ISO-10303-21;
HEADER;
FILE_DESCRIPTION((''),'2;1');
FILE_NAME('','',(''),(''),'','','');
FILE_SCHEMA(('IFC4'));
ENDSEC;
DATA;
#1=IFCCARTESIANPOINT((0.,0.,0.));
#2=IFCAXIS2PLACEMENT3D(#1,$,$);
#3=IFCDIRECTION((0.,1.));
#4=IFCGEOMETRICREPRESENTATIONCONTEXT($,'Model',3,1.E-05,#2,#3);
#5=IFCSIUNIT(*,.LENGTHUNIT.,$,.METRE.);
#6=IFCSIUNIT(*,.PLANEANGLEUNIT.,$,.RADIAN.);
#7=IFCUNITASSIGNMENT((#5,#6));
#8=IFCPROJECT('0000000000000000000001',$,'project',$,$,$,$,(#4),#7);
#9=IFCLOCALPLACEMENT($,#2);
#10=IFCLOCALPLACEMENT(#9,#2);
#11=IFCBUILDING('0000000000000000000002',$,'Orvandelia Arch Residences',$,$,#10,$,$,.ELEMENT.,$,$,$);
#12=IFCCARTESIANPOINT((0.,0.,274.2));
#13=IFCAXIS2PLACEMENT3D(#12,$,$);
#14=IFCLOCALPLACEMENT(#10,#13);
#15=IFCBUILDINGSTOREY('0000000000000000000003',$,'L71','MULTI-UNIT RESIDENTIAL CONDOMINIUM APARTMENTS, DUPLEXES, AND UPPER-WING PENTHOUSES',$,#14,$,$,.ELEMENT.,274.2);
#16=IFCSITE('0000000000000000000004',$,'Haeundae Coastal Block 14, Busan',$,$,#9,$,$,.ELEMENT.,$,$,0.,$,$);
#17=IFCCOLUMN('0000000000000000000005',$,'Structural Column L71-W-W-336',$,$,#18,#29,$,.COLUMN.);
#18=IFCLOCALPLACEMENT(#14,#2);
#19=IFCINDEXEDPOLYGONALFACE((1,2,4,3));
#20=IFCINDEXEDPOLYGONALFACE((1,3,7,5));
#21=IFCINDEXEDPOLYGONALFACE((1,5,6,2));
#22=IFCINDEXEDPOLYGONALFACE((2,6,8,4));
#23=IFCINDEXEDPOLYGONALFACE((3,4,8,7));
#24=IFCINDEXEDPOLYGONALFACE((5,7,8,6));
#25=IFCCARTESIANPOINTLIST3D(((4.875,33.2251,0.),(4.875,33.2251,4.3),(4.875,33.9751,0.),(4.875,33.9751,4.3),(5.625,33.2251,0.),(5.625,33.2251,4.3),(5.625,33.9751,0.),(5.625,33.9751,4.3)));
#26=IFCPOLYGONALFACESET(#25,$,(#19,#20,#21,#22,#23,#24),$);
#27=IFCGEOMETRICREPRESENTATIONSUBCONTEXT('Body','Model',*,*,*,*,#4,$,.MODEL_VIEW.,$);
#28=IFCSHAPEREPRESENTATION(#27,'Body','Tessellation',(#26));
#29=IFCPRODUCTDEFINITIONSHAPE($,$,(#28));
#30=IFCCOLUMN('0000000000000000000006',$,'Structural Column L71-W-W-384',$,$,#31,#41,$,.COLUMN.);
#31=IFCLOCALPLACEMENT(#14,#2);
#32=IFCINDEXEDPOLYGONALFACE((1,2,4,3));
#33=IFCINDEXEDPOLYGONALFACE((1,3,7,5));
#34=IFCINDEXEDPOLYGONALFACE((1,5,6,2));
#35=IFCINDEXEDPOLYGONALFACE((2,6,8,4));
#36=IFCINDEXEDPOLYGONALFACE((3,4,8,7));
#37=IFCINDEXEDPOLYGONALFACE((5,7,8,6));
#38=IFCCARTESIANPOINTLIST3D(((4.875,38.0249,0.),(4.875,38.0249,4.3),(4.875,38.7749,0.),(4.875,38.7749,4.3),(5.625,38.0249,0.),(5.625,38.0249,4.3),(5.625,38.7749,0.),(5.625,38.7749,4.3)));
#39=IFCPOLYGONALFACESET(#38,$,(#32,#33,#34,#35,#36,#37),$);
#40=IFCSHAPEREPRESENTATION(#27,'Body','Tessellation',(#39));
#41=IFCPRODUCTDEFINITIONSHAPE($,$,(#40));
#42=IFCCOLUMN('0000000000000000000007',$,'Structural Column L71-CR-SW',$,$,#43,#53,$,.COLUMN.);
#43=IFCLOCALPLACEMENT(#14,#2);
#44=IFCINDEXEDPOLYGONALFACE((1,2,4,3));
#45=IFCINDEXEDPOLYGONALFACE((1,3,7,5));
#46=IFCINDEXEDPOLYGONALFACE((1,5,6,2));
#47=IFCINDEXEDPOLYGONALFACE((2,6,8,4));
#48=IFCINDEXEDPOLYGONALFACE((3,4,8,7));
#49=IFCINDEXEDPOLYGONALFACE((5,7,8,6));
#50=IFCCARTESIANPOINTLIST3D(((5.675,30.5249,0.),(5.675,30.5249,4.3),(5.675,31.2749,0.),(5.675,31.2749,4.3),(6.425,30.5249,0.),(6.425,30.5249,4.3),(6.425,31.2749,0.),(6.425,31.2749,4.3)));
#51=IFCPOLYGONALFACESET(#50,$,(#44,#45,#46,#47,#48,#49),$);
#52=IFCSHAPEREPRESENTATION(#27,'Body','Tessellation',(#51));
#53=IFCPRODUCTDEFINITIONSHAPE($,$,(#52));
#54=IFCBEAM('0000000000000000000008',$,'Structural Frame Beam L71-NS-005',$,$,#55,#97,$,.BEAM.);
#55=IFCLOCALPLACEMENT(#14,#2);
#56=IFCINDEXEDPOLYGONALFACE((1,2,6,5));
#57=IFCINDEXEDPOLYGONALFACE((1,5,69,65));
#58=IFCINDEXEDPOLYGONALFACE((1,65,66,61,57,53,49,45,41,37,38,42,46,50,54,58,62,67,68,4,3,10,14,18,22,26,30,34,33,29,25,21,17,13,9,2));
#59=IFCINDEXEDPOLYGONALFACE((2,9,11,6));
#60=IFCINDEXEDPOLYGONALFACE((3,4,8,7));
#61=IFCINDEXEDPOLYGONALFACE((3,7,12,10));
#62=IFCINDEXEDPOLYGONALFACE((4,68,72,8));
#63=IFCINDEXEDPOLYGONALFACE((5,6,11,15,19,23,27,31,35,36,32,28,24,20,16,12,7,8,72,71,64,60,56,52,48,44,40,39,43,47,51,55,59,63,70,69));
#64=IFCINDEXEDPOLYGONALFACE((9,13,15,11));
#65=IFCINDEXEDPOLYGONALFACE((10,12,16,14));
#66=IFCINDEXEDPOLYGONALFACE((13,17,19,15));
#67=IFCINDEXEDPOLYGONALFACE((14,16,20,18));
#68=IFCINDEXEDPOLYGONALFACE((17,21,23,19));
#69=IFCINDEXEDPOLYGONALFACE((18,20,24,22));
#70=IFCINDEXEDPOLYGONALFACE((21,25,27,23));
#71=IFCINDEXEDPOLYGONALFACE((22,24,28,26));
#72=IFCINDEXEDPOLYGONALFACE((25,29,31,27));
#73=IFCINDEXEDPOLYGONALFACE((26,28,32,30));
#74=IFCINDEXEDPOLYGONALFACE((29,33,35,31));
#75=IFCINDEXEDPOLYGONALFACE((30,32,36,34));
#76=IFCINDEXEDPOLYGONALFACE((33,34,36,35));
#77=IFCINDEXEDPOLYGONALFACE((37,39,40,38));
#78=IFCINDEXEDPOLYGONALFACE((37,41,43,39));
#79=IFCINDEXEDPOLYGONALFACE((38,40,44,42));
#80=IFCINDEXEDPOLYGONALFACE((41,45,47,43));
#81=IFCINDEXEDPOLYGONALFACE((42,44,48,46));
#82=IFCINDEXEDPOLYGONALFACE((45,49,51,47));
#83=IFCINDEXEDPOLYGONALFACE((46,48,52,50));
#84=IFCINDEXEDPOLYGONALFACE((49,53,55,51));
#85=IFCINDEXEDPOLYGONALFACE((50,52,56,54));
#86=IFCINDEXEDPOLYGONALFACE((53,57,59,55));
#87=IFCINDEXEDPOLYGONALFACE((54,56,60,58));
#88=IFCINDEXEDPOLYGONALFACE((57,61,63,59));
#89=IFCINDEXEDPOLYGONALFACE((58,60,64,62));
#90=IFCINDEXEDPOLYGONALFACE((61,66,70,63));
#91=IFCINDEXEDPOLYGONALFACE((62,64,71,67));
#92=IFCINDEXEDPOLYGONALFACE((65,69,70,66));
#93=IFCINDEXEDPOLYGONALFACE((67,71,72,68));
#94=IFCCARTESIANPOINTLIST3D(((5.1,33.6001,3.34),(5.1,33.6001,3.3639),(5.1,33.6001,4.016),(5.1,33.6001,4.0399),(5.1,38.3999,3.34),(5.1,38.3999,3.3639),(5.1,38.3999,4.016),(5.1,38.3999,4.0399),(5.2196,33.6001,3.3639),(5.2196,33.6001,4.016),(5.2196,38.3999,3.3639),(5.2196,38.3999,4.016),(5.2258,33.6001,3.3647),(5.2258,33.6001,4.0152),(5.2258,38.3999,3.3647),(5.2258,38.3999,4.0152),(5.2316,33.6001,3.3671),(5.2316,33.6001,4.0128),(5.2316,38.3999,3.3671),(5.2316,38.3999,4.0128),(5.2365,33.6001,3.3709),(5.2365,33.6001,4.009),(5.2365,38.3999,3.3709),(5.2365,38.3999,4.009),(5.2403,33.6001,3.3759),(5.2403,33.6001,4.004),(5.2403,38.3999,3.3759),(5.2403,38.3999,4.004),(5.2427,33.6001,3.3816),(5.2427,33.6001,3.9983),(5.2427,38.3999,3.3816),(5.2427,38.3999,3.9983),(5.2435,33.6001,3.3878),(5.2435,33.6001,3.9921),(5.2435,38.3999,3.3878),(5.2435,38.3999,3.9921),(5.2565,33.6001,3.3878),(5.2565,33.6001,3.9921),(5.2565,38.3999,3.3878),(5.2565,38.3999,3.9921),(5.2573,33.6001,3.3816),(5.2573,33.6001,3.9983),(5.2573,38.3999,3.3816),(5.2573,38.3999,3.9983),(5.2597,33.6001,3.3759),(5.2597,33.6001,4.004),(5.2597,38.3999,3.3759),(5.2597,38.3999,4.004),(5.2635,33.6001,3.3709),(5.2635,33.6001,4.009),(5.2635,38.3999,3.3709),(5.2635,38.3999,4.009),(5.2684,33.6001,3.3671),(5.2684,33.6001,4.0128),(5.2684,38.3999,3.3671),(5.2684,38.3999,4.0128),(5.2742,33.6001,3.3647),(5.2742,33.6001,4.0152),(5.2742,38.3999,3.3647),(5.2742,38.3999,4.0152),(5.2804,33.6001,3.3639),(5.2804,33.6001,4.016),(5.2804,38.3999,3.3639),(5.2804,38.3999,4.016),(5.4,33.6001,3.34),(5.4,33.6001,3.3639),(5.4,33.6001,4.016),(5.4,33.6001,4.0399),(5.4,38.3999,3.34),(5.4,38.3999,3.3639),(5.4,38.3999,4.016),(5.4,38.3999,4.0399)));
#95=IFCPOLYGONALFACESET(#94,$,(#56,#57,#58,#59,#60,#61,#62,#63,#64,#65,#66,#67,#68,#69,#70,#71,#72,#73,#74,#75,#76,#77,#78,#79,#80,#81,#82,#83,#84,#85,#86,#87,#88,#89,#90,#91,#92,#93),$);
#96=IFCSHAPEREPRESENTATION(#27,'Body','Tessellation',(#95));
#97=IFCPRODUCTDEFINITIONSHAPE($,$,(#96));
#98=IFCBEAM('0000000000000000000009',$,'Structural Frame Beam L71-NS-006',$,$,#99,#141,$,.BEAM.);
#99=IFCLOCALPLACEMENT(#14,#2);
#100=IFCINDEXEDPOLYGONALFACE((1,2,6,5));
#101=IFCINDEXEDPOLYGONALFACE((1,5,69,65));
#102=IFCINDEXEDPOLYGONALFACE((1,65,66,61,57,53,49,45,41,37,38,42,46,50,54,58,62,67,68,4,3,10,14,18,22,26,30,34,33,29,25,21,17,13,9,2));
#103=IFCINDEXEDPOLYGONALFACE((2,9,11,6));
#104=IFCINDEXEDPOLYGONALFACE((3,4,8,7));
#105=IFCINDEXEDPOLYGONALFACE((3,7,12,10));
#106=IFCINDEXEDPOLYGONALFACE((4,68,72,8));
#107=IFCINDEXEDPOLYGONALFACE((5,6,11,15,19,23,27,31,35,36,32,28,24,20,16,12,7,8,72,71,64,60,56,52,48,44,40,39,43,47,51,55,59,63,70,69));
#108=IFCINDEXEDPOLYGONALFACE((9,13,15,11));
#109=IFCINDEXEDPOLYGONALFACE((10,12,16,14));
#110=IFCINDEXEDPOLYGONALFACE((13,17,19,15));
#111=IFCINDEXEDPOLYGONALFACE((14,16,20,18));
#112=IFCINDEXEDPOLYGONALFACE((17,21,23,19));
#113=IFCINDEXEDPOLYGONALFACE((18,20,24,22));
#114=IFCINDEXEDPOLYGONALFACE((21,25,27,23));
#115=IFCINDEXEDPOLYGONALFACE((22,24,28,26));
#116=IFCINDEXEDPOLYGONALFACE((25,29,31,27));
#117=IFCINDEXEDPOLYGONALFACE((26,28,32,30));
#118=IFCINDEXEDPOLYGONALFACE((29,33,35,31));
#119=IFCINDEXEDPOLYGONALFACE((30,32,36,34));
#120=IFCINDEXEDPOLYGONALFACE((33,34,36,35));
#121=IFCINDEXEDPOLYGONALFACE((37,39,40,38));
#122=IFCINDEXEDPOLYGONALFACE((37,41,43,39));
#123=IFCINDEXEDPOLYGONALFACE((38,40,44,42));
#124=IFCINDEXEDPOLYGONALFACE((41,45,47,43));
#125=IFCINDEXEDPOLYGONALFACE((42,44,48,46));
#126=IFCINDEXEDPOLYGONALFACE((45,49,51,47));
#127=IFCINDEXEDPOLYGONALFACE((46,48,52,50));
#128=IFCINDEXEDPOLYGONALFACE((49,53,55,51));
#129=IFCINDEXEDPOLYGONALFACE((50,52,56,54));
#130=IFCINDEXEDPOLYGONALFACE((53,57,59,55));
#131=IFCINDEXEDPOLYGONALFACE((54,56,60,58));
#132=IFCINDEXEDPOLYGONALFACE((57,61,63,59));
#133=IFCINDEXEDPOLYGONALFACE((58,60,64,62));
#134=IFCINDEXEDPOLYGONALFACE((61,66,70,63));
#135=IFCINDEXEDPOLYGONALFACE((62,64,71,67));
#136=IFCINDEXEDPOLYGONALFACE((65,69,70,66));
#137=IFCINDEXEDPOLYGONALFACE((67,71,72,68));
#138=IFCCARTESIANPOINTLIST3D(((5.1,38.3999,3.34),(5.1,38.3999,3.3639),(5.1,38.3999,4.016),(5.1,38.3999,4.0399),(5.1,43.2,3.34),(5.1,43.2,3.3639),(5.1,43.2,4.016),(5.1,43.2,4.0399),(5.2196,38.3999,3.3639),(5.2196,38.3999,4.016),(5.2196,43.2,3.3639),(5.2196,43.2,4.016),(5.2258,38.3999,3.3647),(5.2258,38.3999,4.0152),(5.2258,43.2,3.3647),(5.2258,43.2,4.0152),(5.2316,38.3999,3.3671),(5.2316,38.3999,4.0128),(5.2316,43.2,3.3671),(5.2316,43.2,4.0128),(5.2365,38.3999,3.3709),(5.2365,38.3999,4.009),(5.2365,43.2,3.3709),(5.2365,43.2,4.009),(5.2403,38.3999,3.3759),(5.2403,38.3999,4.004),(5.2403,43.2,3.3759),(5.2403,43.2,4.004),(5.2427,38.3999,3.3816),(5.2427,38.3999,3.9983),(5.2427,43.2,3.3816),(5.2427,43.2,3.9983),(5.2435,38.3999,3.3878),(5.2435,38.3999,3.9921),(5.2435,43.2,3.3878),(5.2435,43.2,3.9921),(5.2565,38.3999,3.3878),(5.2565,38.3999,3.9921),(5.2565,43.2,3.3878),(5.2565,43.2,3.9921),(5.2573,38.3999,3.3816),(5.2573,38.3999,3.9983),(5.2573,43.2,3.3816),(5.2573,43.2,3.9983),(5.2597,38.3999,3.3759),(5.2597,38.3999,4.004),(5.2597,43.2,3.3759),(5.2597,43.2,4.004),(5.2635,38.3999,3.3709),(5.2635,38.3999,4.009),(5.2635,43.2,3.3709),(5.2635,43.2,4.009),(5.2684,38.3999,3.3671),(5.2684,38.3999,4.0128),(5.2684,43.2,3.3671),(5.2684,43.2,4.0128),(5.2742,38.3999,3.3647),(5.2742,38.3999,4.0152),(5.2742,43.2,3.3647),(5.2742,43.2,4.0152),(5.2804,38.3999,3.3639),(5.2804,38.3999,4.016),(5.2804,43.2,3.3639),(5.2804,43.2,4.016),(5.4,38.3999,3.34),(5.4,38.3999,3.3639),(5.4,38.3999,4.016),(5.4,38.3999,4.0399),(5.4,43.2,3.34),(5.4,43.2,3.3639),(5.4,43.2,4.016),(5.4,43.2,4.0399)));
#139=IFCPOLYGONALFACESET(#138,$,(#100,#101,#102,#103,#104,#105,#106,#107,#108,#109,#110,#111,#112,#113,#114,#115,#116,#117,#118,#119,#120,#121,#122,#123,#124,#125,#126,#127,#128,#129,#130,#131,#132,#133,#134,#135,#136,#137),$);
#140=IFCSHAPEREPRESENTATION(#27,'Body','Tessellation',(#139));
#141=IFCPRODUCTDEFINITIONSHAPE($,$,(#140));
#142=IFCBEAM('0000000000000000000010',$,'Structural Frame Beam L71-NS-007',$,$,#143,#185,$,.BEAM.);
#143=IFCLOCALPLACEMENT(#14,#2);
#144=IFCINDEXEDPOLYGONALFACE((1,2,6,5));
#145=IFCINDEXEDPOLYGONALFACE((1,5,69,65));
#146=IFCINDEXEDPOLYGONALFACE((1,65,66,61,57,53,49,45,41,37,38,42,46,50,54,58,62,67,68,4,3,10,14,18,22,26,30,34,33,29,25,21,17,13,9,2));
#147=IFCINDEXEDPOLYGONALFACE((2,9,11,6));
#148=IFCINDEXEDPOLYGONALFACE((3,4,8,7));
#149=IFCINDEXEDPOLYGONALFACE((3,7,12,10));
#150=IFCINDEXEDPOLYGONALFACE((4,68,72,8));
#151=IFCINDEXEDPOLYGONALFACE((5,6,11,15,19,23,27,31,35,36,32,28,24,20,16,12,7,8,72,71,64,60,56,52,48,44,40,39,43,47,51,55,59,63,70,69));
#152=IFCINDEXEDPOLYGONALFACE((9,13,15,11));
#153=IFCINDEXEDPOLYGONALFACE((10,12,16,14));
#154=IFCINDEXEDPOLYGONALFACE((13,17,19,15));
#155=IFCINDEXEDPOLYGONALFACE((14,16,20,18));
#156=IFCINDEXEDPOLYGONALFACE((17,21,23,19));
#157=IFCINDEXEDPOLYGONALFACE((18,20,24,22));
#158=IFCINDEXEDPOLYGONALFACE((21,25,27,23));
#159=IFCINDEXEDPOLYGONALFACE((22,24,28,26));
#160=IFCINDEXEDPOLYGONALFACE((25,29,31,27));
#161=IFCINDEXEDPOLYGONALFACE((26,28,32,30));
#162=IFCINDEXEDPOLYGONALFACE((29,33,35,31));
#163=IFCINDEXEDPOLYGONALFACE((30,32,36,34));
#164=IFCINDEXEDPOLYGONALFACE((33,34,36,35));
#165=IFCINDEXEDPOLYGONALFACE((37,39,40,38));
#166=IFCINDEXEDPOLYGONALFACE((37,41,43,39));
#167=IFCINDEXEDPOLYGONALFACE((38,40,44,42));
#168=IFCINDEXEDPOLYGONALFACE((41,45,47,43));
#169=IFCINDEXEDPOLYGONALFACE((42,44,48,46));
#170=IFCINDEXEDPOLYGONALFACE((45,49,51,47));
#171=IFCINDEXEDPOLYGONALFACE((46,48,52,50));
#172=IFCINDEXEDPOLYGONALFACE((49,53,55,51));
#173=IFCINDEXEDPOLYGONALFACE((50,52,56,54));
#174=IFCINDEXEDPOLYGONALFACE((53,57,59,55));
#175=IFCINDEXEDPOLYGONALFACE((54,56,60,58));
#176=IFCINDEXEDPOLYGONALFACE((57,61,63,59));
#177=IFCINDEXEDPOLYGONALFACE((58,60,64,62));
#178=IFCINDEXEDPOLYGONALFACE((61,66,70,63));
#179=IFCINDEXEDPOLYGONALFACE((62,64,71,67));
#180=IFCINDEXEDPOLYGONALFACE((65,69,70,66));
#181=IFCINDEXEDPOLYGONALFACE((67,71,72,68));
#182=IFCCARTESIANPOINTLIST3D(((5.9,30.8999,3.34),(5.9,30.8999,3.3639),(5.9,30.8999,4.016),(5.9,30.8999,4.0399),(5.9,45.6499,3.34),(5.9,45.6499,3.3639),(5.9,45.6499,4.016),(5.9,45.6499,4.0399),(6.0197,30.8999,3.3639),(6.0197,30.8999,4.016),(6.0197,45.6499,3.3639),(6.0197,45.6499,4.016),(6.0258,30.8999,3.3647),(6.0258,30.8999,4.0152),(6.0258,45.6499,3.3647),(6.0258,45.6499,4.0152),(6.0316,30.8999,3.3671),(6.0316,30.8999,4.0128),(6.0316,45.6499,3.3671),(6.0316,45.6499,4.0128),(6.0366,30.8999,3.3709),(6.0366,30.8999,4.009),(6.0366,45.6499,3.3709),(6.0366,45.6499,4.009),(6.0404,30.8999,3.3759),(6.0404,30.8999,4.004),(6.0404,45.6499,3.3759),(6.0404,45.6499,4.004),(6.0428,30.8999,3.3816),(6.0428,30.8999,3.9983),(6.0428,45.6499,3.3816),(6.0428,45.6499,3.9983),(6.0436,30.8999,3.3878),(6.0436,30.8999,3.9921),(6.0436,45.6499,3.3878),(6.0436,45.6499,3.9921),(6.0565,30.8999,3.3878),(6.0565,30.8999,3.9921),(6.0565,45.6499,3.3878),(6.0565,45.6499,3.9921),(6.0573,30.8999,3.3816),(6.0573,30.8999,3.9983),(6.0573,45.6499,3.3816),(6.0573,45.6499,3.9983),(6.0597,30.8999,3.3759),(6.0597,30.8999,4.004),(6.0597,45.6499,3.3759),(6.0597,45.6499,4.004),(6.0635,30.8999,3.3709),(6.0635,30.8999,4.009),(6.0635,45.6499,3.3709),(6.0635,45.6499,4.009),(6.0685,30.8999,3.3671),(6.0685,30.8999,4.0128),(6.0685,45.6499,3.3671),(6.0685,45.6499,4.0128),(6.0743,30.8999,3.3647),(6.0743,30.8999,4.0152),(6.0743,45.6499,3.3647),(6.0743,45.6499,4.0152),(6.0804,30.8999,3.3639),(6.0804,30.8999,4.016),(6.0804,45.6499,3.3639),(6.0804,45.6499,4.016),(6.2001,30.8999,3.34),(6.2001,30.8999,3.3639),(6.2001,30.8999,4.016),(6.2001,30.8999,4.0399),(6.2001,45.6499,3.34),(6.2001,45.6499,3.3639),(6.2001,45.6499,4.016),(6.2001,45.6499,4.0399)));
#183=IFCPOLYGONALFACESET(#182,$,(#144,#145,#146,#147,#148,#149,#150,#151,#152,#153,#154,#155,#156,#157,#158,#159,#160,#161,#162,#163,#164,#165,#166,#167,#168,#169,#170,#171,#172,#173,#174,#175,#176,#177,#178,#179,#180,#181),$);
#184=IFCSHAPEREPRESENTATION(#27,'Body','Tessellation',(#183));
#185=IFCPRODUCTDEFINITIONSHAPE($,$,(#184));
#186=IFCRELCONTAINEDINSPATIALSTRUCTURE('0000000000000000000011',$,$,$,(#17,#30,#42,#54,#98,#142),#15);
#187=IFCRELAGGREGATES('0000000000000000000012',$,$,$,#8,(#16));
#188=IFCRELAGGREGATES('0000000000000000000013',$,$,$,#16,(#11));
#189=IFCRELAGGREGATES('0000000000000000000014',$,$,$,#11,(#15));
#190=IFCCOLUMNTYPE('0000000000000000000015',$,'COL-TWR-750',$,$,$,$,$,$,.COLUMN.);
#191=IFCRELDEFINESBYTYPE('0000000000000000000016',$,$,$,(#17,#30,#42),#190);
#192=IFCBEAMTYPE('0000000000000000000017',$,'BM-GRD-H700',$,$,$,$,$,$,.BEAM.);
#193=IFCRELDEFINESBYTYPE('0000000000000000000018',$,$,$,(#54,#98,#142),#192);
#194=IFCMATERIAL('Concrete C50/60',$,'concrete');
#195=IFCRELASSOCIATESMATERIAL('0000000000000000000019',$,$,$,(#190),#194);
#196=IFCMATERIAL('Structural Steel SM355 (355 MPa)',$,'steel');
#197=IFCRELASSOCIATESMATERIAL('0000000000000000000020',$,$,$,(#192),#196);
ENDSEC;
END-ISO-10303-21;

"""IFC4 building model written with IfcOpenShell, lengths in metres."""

from ifc_helpers import new_model, si_unit, direction, frame, origin, origin_2d, place, context, subcontext, project, spatial, rectangle, i_section, extrude, material, material_profile, profile_set, type_object, element, save


model = new_model("IFC4")

# Units and contexts
model_context = context("Model", 3, precision=1e-05, world=origin(), true_north=direction((0.0, 1.0)))
body_context = subcontext(model_context, "Body", "Model", "MODEL_VIEW")
ifc_project = project(units=[si_unit("LENGTHUNIT", "METRE"), si_unit("PLANEANGLEUNIT", "RADIAN")], contexts=[model_context])

# Site, building, storey
site_placement = place(None, origin())
site = spatial("IfcSite", under=ifc_project, at=site_placement, Name="Haeundae Coastal Block 14, Busan", CompositionType="ELEMENT", RefElevation=0.0)
building_placement = place(site_placement, origin())
building = spatial("IfcBuilding", under=site, at=building_placement, Name="Orvandelia Arch Residences", CompositionType="ELEMENT")
storey_placement = place(building_placement, frame((0.0, 0.0, 274.2)))
storey = spatial("IfcBuildingStorey", under=building, at=storey_placement, Name="L71", Description="MULTI-UNIT RESIDENTIAL CONDOMINIUM APARTMENTS, DUPLEXES, AND UPPER-WING PENTHOUSES", CompositionType="ELEMENT", Elevation=274.2)

# Columns
ifc_material_1 = material(Name="Concrete C50/60", Category="concrete")
ifc_material_profile_1 = material_profile(ifc_material_1, rectangle(XDim=0.75, YDim=0.75, at=origin_2d()), Name="Concrete C50/60", Category="concrete")
ifc_profile_set_1 = profile_set([ifc_material_profile_1], Name="Concrete C50/60")
column_type = type_object("IfcColumnType", Name="COL-TWR-750", PredefinedType="COLUMN", material=ifc_profile_set_1)
for number, where, z_axis, x_axis, name in (
    (1, (5.25, 33.6001, 0.0), (0.0, 0.0, 1.0), (1.0, 0.0, 0.0), "Structural Column L71-W-W-336"),
    (2, (5.25, 38.3999, 0.0), (0.0, 0.0, 1.0), (1.0, 0.0, 0.0), "Structural Column L71-W-W-384"),
    (3, (6.05, 30.8999, 0.0), (0.0, 0.0, 1.0), (1.0, 0.0, 0.0), "Structural Column L71-CR-SW"),
):
    element("IfcColumn", number, at=place(storey_placement, frame(where, z_axis=z_axis, x_axis=x_axis)), inside=storey, type_object=column_type, Name=name, PredefinedType="COLUMN", context=body_context, shape_type="SweptSolid", body=[
        extrude(rectangle(XDim=0.75, YDim=0.75, at=origin_2d()), origin(), (0.0, 0.0, 1.0), 4.3),
    ])

# Beams
ifc_material_2 = material(Name="Structural Steel SM355 (355 MPa)", Category="steel")
ifc_material_profile_2 = material_profile(ifc_material_2, i_section(OverallWidth=0.3, OverallDepth=0.7, WebThickness=0.0129, FlangeThickness=0.0239, FilletRadius=0.0239, at=origin_2d()), Name="Structural Steel SM355 (355 MPa)", Category="steel")
ifc_profile_set_2 = profile_set([ifc_material_profile_2], Name="Structural Steel SM355 (355 MPa)")
beam_type = type_object("IfcBeamType", Name="BM-GRD-H700", PredefinedType="BEAM", material=ifc_profile_set_2)
beam_1_placement = place(storey_placement, frame((5.25, 33.6001, 3.6899), z_axis=(0.0, 1.0, 0.0), x_axis=(-1.0, 0.0, 0.0)))
element("IfcBeam", 4, at=beam_1_placement, inside=storey, type_object=beam_type, Name="Structural Frame Beam L71-NS-005", PredefinedType="BEAM", context=body_context, shape_type="SweptSolid", body=[
    extrude(i_section(OverallWidth=0.3, OverallDepth=0.7, WebThickness=0.0129, FlangeThickness=0.0239, FilletRadius=0.0239, at=origin_2d()), origin(), (0.0, 0.0, 1.0), 4.7998),
])
beam_2_placement = place(storey_placement, frame((5.25, 38.3999, 3.6899), z_axis=(0.0, 1.0, 0.0), x_axis=(-1.0, 0.0, 0.0)))
element("IfcBeam", 5, at=beam_2_placement, inside=storey, type_object=beam_type, Name="Structural Frame Beam L71-NS-006", PredefinedType="BEAM", context=body_context, shape_type="SweptSolid", body=[
    extrude(i_section(OverallWidth=0.3, OverallDepth=0.7, WebThickness=0.0129, FlangeThickness=0.0239, FilletRadius=0.0239, at=origin_2d()), origin(), (0.0, 0.0, 1.0), 4.8),
])
beam_3_placement = place(storey_placement, frame((6.05, 30.8999, 3.6899), z_axis=(0.0, 1.0, 0.0), x_axis=(-1.0, 0.0, 0.0)))
element("IfcBeam", 6, at=beam_3_placement, inside=storey, type_object=beam_type, Name="Structural Frame Beam L71-NS-007", PredefinedType="BEAM", context=body_context, shape_type="SweptSolid", body=[
    extrude(i_section(OverallWidth=0.3, OverallDepth=0.7, WebThickness=0.0129, FlangeThickness=0.0239, FilletRadius=0.0239, at=origin_2d()), origin(), (0.0, 0.0, 1.0), 14.75),
])

save(model, "model.ifc")
